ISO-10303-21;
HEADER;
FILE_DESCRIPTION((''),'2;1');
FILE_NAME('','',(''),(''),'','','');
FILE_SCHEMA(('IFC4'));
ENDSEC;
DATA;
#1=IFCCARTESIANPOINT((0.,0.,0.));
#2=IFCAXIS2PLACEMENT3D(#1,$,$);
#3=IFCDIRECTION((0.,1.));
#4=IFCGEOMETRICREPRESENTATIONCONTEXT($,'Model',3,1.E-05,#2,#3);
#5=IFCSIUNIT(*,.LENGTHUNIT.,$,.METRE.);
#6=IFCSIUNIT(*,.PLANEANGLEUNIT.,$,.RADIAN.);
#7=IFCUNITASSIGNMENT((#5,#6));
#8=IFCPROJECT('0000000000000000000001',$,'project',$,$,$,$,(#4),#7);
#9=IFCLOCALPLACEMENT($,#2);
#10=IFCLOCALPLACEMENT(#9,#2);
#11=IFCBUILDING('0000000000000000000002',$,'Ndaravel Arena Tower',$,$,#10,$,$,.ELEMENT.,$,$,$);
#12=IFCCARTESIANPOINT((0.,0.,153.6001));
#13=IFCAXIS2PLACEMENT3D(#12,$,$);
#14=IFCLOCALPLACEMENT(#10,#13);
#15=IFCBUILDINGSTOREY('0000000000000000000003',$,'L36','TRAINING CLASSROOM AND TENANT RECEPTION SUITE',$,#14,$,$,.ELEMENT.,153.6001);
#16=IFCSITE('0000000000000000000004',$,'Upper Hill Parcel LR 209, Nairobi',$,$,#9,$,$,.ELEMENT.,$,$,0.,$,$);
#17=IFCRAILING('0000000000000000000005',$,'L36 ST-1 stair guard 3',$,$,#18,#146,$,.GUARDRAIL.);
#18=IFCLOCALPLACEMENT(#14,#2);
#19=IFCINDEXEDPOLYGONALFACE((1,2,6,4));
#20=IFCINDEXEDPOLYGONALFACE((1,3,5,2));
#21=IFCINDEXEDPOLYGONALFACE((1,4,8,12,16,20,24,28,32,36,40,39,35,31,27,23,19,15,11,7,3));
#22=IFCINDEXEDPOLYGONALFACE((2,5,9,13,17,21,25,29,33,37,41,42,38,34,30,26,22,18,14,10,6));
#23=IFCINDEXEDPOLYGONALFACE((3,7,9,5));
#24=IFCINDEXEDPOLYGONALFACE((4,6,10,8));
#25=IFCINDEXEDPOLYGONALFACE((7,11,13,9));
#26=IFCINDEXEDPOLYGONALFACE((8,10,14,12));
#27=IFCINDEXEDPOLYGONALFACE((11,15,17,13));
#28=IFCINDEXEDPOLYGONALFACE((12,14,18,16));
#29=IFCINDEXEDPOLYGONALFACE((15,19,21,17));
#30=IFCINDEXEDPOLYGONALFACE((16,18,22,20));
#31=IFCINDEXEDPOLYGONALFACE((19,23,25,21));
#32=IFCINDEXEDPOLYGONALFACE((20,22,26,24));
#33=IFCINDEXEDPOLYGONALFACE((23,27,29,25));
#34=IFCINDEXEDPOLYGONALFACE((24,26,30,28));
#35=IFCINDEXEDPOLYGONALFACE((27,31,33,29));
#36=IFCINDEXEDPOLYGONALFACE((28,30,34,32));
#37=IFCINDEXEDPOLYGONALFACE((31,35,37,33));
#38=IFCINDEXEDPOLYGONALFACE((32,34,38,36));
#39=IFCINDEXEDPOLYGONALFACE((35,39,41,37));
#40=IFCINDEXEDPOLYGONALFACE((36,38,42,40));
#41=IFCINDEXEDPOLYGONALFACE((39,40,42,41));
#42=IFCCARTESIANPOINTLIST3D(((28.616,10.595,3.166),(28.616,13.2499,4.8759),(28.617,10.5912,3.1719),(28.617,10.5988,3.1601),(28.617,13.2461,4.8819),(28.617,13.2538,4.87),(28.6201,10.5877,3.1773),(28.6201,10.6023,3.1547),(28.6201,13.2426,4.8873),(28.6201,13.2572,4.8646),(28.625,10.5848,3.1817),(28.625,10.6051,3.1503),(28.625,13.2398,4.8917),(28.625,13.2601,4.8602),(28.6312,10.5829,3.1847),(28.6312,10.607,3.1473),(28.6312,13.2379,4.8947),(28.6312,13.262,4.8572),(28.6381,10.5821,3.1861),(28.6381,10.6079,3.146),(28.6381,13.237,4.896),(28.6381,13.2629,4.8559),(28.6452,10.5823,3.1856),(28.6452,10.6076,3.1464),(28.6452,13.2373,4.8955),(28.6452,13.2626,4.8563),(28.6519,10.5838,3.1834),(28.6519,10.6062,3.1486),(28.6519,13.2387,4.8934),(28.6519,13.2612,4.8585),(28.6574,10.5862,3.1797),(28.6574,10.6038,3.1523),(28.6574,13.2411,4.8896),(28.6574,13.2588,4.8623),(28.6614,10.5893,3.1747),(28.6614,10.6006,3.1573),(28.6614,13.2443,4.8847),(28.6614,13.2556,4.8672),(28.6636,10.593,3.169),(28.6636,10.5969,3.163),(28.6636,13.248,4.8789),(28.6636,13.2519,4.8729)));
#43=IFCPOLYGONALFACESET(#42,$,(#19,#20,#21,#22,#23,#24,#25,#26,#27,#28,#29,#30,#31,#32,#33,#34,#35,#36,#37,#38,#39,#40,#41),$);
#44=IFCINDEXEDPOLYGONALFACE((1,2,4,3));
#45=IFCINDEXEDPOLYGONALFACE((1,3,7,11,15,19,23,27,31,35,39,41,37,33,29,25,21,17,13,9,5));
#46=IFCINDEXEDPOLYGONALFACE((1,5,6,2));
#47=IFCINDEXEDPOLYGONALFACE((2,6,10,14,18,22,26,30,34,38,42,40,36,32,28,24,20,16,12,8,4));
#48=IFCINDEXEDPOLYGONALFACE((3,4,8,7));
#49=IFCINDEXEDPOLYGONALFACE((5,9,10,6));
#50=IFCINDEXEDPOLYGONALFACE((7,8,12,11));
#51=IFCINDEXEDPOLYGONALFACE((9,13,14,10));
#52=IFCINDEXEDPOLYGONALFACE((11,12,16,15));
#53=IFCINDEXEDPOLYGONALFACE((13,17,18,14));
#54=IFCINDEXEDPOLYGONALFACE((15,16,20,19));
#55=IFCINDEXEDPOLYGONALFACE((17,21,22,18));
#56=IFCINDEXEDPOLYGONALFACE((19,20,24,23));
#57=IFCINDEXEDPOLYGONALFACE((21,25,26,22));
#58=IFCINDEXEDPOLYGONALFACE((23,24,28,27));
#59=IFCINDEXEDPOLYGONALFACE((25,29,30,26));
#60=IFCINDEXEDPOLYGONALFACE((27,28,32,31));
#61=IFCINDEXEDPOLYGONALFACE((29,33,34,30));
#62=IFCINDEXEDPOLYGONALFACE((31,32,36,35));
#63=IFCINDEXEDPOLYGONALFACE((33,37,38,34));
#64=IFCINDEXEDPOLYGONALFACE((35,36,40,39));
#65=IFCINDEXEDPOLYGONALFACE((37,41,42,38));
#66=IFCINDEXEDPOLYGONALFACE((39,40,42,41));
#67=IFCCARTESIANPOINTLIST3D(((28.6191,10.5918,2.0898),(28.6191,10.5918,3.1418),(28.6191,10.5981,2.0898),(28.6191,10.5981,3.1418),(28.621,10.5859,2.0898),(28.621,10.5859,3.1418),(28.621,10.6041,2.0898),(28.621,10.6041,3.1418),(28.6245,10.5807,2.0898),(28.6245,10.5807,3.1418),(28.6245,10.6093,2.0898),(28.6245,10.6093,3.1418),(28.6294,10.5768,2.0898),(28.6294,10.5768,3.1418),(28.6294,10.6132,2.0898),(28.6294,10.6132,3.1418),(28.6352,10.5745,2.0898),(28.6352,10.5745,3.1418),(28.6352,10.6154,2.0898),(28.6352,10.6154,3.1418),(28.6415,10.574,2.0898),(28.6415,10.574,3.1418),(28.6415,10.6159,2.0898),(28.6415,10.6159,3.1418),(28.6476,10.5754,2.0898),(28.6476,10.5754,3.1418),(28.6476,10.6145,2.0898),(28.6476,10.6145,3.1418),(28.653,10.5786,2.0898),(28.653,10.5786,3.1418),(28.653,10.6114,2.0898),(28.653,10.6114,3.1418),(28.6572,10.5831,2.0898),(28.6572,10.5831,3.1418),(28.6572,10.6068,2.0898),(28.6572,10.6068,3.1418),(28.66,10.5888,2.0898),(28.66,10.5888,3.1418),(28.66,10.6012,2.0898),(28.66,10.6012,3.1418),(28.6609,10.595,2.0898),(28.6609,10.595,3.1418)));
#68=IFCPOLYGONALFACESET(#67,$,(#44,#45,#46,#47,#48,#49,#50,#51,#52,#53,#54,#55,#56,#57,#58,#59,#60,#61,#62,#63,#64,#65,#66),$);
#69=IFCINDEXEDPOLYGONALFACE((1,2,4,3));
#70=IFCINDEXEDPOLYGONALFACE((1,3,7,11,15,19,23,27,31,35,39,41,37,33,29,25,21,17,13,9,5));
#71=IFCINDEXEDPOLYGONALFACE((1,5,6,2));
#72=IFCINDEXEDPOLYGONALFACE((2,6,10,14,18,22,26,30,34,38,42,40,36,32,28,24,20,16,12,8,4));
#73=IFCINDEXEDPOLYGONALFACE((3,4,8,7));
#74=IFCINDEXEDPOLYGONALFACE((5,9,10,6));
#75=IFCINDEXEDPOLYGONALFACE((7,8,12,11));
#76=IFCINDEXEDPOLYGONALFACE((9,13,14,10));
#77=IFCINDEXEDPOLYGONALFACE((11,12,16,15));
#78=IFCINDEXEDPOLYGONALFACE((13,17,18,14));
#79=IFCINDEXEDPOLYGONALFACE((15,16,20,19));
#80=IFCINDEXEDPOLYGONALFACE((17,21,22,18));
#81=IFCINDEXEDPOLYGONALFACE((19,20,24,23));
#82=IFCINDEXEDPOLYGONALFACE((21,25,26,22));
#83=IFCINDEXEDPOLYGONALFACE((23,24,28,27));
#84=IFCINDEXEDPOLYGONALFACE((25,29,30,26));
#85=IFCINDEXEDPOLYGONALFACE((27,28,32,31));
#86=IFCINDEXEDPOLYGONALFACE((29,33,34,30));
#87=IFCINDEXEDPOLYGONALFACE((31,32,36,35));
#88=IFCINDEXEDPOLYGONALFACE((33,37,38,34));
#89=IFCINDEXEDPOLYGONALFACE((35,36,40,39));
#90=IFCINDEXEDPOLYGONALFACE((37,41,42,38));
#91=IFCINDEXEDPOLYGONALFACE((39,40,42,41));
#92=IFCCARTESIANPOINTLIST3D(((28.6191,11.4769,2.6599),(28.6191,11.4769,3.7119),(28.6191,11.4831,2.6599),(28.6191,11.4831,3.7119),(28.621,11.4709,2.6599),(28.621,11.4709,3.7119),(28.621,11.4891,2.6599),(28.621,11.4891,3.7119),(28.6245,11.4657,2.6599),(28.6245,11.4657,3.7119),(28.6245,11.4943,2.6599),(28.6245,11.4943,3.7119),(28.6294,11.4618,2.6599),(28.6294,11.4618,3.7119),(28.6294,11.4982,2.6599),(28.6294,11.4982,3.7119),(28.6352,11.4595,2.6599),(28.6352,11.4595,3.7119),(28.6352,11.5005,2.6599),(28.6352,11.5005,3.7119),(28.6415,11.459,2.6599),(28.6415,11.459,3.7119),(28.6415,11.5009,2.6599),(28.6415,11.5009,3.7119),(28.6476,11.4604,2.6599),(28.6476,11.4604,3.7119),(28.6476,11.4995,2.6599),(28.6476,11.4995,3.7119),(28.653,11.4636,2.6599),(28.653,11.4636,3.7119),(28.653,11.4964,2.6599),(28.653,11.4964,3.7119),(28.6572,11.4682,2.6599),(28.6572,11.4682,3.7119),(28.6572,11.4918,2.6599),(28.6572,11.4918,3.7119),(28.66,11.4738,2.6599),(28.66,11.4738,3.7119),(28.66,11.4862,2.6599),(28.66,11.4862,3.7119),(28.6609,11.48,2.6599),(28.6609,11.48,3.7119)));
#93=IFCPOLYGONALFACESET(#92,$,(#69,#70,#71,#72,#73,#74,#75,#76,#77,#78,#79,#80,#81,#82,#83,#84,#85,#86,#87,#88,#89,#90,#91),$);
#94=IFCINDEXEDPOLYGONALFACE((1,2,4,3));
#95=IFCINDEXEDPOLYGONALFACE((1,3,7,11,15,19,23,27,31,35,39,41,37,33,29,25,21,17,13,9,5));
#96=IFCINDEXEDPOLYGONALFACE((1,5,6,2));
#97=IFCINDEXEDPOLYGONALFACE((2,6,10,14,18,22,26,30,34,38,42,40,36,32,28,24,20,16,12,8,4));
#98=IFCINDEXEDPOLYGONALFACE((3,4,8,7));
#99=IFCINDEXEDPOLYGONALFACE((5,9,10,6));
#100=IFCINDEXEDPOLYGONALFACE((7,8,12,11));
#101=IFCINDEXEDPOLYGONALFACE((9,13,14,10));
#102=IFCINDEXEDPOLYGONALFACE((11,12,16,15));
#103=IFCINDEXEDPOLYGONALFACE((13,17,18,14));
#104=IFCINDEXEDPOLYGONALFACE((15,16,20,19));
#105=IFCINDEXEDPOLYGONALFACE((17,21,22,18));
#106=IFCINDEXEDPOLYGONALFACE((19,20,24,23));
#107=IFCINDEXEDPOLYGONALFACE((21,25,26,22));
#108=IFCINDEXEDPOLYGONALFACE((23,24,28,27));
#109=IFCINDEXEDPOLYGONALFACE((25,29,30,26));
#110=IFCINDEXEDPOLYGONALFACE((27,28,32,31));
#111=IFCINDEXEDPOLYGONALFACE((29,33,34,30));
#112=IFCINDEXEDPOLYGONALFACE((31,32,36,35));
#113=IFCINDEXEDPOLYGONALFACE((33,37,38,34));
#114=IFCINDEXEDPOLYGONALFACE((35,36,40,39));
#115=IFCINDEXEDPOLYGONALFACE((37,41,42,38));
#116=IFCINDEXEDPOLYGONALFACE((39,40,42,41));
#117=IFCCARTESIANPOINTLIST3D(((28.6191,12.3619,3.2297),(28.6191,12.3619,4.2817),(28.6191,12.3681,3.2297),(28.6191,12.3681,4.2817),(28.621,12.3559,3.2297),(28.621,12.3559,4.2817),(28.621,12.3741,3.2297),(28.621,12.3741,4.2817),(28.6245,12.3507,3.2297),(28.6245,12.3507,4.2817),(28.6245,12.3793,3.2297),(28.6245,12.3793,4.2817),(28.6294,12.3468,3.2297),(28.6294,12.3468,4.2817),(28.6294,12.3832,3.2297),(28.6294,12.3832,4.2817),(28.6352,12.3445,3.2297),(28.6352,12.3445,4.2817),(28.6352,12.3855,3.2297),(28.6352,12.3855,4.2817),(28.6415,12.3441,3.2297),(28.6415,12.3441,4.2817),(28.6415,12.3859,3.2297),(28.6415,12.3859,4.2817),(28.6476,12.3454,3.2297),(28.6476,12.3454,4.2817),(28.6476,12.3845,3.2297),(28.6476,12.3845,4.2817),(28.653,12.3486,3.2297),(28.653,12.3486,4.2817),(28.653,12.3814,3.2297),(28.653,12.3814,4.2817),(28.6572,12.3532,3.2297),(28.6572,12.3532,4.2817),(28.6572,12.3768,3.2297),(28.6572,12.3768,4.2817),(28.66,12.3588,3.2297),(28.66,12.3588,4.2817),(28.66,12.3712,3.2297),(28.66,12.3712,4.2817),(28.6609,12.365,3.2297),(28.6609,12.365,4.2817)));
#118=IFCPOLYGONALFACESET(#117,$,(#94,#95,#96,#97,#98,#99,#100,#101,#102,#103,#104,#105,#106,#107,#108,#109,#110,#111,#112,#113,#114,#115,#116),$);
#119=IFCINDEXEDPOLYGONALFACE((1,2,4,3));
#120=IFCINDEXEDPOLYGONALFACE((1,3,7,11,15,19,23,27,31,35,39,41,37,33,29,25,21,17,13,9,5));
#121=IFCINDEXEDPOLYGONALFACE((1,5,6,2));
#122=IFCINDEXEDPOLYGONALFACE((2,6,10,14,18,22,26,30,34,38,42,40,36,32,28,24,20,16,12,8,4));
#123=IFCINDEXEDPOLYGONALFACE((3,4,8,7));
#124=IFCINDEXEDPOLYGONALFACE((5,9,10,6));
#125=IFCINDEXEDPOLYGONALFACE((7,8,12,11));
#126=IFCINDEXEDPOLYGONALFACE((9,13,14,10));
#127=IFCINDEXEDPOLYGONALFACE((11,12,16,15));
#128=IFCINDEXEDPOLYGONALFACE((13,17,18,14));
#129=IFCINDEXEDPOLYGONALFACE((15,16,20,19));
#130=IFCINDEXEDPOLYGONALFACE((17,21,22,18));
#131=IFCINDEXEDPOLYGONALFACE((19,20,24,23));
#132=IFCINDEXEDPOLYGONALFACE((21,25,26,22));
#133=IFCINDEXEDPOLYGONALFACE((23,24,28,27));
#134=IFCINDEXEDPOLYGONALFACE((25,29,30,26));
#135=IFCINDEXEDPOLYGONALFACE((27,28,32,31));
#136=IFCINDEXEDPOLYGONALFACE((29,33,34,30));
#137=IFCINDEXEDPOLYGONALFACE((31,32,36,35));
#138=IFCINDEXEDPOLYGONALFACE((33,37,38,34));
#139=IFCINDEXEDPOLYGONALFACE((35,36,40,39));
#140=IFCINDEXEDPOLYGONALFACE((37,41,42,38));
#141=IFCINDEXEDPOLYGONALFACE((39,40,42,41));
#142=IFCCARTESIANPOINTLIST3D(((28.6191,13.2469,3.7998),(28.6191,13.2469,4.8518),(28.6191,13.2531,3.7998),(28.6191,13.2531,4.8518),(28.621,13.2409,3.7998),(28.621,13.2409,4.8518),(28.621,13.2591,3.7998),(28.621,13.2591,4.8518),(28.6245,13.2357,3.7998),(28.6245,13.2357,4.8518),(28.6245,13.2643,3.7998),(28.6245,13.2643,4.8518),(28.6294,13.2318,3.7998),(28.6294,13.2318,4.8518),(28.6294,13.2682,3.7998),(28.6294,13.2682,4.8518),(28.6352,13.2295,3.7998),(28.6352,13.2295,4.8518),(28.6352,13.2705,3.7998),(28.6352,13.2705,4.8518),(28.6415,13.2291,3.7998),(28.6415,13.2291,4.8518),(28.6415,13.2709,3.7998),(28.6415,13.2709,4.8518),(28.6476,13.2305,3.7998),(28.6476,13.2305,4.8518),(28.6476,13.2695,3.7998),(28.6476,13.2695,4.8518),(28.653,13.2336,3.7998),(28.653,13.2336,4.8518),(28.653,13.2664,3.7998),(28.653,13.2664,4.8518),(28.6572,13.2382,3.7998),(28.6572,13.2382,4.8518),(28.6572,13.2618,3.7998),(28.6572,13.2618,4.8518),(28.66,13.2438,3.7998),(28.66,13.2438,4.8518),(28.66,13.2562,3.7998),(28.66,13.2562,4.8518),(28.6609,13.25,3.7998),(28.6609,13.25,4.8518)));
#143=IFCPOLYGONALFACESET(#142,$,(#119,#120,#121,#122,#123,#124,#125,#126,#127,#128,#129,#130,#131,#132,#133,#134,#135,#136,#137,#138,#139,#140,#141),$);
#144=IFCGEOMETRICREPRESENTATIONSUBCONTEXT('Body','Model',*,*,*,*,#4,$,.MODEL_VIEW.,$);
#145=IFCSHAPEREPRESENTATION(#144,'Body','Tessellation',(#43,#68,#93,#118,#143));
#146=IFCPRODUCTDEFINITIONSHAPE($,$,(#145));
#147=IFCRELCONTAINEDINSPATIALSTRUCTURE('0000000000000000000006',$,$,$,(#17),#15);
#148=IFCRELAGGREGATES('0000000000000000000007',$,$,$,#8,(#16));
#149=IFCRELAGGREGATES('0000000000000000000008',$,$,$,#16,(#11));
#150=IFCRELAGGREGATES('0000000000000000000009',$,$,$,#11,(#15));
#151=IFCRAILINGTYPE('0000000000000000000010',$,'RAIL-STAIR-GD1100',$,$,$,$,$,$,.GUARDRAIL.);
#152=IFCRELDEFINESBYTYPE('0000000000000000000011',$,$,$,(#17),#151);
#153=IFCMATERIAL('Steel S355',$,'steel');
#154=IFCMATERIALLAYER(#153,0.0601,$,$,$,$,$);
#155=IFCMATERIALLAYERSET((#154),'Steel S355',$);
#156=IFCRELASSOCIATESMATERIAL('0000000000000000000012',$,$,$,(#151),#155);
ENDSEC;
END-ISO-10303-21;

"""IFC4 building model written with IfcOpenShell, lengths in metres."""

from ifc_helpers import new_model, si_unit, direction, frame, origin, origin_2d, place, context, subcontext, project, spatial, circle, extrude, material, layer, layer_set, type_object, element, save


model = new_model("IFC4")

# Units and contexts
model_context = context("Model", 3, precision=1e-05, world=origin(), true_north=direction((0.0, 1.0)))
body_context = subcontext(model_context, "Body", "Model", "MODEL_VIEW")
ifc_project = project(units=[si_unit("LENGTHUNIT", "METRE"), si_unit("PLANEANGLEUNIT", "RADIAN")], contexts=[model_context])

# Site, building, storey
site_placement = place(None, origin())
site = spatial("IfcSite", under=ifc_project, at=site_placement, Name="Upper Hill Parcel LR 209, Nairobi", CompositionType="ELEMENT", RefElevation=0.0)
building_placement = place(site_placement, origin())
building = spatial("IfcBuilding", under=site, at=building_placement, Name="Ndaravel Arena Tower", CompositionType="ELEMENT")
storey_placement = place(building_placement, frame((0.0, 0.0, 153.6001)))
storey = spatial("IfcBuildingStorey", under=building, at=storey_placement, Name="L36", Description="TRAINING CLASSROOM AND TENANT RECEPTION SUITE", CompositionType="ELEMENT", Elevation=153.6001)

# Railing
ifc_material_1 = material(Name="Steel S355", Category="steel")
ifc_layer_1 = layer(ifc_material_1, 0.0601)
ifc_layer_set_1 = layer_set([ifc_layer_1], Name="Steel S355")
railing_type_1 = type_object("IfcRailingType", Name="RAIL-STAIR-GD1100", PredefinedType="GUARDRAIL", material=ifc_layer_set_1)
railing_1_placement = place(storey_placement, frame((28.6399, 10.595, 2.0898)))
element("IfcRailing", 1, at=railing_1_placement, inside=storey, type_object=railing_type_1, Name="L36 ST-1 stair guard 3", PredefinedType="GUARDRAIL", context=body_context, shape_type="SweptSolid", body=[
    extrude(circle(Radius=0.0239, at=origin_2d()), frame((0.0, 0.0, 1.0762), z_axis=(0.0, 0.840724, 0.541465), x_axis=(-1.0, 0.0, 0.0)), (0.0, 0.0, 1.0), 3.158),
    extrude(circle(Radius=0.021, at=origin_2d()), origin(), (0.0, 0.0, 1.0), 1.052),
    extrude(circle(Radius=0.021, at=origin_2d()), frame((0.0, 0.885, 0.5701)), (0.0, 0.0, 1.0), 1.052),
    extrude(circle(Radius=0.021, at=origin_2d()), frame((0.0, 1.77, 1.1399)), (0.0, 0.0, 1.0), 1.052),
    extrude(circle(Radius=0.021, at=origin_2d()), frame((0.0, 2.655, 1.71)), (0.0, 0.0, 1.0), 1.052),
])

save(model, "model.ifc")
